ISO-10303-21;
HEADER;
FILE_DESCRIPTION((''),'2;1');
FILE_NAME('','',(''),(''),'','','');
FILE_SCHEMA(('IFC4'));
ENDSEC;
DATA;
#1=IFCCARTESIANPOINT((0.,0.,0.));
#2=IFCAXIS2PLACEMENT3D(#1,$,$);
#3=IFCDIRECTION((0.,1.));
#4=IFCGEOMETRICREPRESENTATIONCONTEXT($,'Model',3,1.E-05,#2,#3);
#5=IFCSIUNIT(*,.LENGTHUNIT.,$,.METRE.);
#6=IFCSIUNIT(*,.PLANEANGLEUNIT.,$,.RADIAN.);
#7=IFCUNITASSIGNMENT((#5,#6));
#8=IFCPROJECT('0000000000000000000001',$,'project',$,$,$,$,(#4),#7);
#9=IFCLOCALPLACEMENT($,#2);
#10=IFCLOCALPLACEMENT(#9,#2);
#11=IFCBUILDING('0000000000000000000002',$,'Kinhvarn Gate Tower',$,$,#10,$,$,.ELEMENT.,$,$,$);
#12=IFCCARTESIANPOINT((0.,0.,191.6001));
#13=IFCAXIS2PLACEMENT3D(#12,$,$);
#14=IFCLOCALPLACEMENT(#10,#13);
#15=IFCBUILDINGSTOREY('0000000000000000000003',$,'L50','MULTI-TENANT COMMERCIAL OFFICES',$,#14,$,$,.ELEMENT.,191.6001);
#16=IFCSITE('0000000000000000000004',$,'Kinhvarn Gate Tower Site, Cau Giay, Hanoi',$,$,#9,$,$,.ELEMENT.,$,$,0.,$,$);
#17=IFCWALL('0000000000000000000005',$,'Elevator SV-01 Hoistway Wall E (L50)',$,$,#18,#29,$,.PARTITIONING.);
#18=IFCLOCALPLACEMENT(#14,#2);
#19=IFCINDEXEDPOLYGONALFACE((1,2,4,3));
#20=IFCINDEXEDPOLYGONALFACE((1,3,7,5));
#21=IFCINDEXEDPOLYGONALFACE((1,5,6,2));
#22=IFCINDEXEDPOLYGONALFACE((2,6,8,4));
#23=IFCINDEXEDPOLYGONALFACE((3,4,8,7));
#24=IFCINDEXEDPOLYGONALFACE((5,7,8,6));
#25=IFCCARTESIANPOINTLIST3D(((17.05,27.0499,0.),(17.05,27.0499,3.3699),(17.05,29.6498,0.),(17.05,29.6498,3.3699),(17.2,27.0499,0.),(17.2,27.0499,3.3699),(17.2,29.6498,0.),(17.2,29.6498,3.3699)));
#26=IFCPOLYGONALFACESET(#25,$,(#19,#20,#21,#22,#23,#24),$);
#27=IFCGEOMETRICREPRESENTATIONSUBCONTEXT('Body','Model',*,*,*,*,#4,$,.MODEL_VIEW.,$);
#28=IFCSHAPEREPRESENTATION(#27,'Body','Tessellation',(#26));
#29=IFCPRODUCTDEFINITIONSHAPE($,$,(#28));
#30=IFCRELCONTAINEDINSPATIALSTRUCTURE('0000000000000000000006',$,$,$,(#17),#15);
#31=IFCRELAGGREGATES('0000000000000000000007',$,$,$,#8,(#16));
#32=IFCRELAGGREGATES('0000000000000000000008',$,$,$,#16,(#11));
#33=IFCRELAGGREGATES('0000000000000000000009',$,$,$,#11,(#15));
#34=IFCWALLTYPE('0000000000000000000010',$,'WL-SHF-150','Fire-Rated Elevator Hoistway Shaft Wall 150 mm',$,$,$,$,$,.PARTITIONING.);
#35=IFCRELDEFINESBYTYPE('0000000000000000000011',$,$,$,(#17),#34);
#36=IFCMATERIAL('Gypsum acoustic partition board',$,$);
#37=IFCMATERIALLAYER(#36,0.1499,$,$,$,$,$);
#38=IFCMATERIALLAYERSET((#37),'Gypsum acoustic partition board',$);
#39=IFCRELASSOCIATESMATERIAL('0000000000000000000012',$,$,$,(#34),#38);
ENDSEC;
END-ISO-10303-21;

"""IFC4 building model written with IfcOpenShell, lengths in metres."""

from ifc_helpers import new_model, si_unit, direction, frame, frame_2d, origin, place, context, subcontext, project, spatial, rectangle, extrude, material, layer, layer_set, type_object, element, save


model = new_model("IFC4")

# Units and contexts
model_context = context("Model", 3, precision=1e-05, world=origin(), true_north=direction((0.0, 1.0)))
body_context = subcontext(model_context, "Body", "Model", "MODEL_VIEW")
ifc_project = project(units=[si_unit("LENGTHUNIT", "METRE"), si_unit("PLANEANGLEUNIT", "RADIAN")], contexts=[model_context])

# Site, building, storey
site_placement = place(None, origin())
site = spatial("IfcSite", under=ifc_project, at=site_placement, Name="Kinhvarn Gate Tower Site, Cau Giay, Hanoi", CompositionType="ELEMENT", RefElevation=0.0)
building_placement = place(site_placement, origin())
building = spatial("IfcBuilding", under=site, at=building_placement, Name="Kinhvarn Gate Tower", CompositionType="ELEMENT")
storey_placement = place(building_placement, frame((0.0, 0.0, 191.6001)))
storey = spatial("IfcBuildingStorey", under=building, at=storey_placement, Name="L50", Description="MULTI-TENANT COMMERCIAL OFFICES", CompositionType="ELEMENT", Elevation=191.6001)

# Shared definitions
ifc_material_1 = material(Name="Gypsum acoustic partition board")

# Shared definitions
ifc_layer_1 = layer(ifc_material_1, 0.1499)
ifc_layer_set_1 = layer_set([ifc_layer_1], Name="Gypsum acoustic partition board")
wall_type_1 = type_object("IfcWallType", Name="WL-SHF-150", Description="Fire-Rated Elevator Hoistway Shaft Wall 150 mm", PredefinedType="PARTITIONING", material=ifc_layer_set_1)

# Wall
wall_1_placement = place(storey_placement, frame((17.125, 27.05, 0.0), z_axis=(0.0, 0.0, 1.0), x_axis=(0.0, 1.0, 0.0)))
element("IfcWall", 1, at=wall_1_placement, inside=storey, type_object=wall_type_1, Name="Elevator SV-01 Hoistway Wall E (L50)", PredefinedType="PARTITIONING", context=body_context, shape_type="SweptSolid", body=[
    extrude(rectangle(XDim=2.5999, YDim=0.1499, at=frame_2d((1.2998, 0.0))), origin(), (0.0, 0.0, 1.0), 3.3699),
])

save(model, "model.ifc")
